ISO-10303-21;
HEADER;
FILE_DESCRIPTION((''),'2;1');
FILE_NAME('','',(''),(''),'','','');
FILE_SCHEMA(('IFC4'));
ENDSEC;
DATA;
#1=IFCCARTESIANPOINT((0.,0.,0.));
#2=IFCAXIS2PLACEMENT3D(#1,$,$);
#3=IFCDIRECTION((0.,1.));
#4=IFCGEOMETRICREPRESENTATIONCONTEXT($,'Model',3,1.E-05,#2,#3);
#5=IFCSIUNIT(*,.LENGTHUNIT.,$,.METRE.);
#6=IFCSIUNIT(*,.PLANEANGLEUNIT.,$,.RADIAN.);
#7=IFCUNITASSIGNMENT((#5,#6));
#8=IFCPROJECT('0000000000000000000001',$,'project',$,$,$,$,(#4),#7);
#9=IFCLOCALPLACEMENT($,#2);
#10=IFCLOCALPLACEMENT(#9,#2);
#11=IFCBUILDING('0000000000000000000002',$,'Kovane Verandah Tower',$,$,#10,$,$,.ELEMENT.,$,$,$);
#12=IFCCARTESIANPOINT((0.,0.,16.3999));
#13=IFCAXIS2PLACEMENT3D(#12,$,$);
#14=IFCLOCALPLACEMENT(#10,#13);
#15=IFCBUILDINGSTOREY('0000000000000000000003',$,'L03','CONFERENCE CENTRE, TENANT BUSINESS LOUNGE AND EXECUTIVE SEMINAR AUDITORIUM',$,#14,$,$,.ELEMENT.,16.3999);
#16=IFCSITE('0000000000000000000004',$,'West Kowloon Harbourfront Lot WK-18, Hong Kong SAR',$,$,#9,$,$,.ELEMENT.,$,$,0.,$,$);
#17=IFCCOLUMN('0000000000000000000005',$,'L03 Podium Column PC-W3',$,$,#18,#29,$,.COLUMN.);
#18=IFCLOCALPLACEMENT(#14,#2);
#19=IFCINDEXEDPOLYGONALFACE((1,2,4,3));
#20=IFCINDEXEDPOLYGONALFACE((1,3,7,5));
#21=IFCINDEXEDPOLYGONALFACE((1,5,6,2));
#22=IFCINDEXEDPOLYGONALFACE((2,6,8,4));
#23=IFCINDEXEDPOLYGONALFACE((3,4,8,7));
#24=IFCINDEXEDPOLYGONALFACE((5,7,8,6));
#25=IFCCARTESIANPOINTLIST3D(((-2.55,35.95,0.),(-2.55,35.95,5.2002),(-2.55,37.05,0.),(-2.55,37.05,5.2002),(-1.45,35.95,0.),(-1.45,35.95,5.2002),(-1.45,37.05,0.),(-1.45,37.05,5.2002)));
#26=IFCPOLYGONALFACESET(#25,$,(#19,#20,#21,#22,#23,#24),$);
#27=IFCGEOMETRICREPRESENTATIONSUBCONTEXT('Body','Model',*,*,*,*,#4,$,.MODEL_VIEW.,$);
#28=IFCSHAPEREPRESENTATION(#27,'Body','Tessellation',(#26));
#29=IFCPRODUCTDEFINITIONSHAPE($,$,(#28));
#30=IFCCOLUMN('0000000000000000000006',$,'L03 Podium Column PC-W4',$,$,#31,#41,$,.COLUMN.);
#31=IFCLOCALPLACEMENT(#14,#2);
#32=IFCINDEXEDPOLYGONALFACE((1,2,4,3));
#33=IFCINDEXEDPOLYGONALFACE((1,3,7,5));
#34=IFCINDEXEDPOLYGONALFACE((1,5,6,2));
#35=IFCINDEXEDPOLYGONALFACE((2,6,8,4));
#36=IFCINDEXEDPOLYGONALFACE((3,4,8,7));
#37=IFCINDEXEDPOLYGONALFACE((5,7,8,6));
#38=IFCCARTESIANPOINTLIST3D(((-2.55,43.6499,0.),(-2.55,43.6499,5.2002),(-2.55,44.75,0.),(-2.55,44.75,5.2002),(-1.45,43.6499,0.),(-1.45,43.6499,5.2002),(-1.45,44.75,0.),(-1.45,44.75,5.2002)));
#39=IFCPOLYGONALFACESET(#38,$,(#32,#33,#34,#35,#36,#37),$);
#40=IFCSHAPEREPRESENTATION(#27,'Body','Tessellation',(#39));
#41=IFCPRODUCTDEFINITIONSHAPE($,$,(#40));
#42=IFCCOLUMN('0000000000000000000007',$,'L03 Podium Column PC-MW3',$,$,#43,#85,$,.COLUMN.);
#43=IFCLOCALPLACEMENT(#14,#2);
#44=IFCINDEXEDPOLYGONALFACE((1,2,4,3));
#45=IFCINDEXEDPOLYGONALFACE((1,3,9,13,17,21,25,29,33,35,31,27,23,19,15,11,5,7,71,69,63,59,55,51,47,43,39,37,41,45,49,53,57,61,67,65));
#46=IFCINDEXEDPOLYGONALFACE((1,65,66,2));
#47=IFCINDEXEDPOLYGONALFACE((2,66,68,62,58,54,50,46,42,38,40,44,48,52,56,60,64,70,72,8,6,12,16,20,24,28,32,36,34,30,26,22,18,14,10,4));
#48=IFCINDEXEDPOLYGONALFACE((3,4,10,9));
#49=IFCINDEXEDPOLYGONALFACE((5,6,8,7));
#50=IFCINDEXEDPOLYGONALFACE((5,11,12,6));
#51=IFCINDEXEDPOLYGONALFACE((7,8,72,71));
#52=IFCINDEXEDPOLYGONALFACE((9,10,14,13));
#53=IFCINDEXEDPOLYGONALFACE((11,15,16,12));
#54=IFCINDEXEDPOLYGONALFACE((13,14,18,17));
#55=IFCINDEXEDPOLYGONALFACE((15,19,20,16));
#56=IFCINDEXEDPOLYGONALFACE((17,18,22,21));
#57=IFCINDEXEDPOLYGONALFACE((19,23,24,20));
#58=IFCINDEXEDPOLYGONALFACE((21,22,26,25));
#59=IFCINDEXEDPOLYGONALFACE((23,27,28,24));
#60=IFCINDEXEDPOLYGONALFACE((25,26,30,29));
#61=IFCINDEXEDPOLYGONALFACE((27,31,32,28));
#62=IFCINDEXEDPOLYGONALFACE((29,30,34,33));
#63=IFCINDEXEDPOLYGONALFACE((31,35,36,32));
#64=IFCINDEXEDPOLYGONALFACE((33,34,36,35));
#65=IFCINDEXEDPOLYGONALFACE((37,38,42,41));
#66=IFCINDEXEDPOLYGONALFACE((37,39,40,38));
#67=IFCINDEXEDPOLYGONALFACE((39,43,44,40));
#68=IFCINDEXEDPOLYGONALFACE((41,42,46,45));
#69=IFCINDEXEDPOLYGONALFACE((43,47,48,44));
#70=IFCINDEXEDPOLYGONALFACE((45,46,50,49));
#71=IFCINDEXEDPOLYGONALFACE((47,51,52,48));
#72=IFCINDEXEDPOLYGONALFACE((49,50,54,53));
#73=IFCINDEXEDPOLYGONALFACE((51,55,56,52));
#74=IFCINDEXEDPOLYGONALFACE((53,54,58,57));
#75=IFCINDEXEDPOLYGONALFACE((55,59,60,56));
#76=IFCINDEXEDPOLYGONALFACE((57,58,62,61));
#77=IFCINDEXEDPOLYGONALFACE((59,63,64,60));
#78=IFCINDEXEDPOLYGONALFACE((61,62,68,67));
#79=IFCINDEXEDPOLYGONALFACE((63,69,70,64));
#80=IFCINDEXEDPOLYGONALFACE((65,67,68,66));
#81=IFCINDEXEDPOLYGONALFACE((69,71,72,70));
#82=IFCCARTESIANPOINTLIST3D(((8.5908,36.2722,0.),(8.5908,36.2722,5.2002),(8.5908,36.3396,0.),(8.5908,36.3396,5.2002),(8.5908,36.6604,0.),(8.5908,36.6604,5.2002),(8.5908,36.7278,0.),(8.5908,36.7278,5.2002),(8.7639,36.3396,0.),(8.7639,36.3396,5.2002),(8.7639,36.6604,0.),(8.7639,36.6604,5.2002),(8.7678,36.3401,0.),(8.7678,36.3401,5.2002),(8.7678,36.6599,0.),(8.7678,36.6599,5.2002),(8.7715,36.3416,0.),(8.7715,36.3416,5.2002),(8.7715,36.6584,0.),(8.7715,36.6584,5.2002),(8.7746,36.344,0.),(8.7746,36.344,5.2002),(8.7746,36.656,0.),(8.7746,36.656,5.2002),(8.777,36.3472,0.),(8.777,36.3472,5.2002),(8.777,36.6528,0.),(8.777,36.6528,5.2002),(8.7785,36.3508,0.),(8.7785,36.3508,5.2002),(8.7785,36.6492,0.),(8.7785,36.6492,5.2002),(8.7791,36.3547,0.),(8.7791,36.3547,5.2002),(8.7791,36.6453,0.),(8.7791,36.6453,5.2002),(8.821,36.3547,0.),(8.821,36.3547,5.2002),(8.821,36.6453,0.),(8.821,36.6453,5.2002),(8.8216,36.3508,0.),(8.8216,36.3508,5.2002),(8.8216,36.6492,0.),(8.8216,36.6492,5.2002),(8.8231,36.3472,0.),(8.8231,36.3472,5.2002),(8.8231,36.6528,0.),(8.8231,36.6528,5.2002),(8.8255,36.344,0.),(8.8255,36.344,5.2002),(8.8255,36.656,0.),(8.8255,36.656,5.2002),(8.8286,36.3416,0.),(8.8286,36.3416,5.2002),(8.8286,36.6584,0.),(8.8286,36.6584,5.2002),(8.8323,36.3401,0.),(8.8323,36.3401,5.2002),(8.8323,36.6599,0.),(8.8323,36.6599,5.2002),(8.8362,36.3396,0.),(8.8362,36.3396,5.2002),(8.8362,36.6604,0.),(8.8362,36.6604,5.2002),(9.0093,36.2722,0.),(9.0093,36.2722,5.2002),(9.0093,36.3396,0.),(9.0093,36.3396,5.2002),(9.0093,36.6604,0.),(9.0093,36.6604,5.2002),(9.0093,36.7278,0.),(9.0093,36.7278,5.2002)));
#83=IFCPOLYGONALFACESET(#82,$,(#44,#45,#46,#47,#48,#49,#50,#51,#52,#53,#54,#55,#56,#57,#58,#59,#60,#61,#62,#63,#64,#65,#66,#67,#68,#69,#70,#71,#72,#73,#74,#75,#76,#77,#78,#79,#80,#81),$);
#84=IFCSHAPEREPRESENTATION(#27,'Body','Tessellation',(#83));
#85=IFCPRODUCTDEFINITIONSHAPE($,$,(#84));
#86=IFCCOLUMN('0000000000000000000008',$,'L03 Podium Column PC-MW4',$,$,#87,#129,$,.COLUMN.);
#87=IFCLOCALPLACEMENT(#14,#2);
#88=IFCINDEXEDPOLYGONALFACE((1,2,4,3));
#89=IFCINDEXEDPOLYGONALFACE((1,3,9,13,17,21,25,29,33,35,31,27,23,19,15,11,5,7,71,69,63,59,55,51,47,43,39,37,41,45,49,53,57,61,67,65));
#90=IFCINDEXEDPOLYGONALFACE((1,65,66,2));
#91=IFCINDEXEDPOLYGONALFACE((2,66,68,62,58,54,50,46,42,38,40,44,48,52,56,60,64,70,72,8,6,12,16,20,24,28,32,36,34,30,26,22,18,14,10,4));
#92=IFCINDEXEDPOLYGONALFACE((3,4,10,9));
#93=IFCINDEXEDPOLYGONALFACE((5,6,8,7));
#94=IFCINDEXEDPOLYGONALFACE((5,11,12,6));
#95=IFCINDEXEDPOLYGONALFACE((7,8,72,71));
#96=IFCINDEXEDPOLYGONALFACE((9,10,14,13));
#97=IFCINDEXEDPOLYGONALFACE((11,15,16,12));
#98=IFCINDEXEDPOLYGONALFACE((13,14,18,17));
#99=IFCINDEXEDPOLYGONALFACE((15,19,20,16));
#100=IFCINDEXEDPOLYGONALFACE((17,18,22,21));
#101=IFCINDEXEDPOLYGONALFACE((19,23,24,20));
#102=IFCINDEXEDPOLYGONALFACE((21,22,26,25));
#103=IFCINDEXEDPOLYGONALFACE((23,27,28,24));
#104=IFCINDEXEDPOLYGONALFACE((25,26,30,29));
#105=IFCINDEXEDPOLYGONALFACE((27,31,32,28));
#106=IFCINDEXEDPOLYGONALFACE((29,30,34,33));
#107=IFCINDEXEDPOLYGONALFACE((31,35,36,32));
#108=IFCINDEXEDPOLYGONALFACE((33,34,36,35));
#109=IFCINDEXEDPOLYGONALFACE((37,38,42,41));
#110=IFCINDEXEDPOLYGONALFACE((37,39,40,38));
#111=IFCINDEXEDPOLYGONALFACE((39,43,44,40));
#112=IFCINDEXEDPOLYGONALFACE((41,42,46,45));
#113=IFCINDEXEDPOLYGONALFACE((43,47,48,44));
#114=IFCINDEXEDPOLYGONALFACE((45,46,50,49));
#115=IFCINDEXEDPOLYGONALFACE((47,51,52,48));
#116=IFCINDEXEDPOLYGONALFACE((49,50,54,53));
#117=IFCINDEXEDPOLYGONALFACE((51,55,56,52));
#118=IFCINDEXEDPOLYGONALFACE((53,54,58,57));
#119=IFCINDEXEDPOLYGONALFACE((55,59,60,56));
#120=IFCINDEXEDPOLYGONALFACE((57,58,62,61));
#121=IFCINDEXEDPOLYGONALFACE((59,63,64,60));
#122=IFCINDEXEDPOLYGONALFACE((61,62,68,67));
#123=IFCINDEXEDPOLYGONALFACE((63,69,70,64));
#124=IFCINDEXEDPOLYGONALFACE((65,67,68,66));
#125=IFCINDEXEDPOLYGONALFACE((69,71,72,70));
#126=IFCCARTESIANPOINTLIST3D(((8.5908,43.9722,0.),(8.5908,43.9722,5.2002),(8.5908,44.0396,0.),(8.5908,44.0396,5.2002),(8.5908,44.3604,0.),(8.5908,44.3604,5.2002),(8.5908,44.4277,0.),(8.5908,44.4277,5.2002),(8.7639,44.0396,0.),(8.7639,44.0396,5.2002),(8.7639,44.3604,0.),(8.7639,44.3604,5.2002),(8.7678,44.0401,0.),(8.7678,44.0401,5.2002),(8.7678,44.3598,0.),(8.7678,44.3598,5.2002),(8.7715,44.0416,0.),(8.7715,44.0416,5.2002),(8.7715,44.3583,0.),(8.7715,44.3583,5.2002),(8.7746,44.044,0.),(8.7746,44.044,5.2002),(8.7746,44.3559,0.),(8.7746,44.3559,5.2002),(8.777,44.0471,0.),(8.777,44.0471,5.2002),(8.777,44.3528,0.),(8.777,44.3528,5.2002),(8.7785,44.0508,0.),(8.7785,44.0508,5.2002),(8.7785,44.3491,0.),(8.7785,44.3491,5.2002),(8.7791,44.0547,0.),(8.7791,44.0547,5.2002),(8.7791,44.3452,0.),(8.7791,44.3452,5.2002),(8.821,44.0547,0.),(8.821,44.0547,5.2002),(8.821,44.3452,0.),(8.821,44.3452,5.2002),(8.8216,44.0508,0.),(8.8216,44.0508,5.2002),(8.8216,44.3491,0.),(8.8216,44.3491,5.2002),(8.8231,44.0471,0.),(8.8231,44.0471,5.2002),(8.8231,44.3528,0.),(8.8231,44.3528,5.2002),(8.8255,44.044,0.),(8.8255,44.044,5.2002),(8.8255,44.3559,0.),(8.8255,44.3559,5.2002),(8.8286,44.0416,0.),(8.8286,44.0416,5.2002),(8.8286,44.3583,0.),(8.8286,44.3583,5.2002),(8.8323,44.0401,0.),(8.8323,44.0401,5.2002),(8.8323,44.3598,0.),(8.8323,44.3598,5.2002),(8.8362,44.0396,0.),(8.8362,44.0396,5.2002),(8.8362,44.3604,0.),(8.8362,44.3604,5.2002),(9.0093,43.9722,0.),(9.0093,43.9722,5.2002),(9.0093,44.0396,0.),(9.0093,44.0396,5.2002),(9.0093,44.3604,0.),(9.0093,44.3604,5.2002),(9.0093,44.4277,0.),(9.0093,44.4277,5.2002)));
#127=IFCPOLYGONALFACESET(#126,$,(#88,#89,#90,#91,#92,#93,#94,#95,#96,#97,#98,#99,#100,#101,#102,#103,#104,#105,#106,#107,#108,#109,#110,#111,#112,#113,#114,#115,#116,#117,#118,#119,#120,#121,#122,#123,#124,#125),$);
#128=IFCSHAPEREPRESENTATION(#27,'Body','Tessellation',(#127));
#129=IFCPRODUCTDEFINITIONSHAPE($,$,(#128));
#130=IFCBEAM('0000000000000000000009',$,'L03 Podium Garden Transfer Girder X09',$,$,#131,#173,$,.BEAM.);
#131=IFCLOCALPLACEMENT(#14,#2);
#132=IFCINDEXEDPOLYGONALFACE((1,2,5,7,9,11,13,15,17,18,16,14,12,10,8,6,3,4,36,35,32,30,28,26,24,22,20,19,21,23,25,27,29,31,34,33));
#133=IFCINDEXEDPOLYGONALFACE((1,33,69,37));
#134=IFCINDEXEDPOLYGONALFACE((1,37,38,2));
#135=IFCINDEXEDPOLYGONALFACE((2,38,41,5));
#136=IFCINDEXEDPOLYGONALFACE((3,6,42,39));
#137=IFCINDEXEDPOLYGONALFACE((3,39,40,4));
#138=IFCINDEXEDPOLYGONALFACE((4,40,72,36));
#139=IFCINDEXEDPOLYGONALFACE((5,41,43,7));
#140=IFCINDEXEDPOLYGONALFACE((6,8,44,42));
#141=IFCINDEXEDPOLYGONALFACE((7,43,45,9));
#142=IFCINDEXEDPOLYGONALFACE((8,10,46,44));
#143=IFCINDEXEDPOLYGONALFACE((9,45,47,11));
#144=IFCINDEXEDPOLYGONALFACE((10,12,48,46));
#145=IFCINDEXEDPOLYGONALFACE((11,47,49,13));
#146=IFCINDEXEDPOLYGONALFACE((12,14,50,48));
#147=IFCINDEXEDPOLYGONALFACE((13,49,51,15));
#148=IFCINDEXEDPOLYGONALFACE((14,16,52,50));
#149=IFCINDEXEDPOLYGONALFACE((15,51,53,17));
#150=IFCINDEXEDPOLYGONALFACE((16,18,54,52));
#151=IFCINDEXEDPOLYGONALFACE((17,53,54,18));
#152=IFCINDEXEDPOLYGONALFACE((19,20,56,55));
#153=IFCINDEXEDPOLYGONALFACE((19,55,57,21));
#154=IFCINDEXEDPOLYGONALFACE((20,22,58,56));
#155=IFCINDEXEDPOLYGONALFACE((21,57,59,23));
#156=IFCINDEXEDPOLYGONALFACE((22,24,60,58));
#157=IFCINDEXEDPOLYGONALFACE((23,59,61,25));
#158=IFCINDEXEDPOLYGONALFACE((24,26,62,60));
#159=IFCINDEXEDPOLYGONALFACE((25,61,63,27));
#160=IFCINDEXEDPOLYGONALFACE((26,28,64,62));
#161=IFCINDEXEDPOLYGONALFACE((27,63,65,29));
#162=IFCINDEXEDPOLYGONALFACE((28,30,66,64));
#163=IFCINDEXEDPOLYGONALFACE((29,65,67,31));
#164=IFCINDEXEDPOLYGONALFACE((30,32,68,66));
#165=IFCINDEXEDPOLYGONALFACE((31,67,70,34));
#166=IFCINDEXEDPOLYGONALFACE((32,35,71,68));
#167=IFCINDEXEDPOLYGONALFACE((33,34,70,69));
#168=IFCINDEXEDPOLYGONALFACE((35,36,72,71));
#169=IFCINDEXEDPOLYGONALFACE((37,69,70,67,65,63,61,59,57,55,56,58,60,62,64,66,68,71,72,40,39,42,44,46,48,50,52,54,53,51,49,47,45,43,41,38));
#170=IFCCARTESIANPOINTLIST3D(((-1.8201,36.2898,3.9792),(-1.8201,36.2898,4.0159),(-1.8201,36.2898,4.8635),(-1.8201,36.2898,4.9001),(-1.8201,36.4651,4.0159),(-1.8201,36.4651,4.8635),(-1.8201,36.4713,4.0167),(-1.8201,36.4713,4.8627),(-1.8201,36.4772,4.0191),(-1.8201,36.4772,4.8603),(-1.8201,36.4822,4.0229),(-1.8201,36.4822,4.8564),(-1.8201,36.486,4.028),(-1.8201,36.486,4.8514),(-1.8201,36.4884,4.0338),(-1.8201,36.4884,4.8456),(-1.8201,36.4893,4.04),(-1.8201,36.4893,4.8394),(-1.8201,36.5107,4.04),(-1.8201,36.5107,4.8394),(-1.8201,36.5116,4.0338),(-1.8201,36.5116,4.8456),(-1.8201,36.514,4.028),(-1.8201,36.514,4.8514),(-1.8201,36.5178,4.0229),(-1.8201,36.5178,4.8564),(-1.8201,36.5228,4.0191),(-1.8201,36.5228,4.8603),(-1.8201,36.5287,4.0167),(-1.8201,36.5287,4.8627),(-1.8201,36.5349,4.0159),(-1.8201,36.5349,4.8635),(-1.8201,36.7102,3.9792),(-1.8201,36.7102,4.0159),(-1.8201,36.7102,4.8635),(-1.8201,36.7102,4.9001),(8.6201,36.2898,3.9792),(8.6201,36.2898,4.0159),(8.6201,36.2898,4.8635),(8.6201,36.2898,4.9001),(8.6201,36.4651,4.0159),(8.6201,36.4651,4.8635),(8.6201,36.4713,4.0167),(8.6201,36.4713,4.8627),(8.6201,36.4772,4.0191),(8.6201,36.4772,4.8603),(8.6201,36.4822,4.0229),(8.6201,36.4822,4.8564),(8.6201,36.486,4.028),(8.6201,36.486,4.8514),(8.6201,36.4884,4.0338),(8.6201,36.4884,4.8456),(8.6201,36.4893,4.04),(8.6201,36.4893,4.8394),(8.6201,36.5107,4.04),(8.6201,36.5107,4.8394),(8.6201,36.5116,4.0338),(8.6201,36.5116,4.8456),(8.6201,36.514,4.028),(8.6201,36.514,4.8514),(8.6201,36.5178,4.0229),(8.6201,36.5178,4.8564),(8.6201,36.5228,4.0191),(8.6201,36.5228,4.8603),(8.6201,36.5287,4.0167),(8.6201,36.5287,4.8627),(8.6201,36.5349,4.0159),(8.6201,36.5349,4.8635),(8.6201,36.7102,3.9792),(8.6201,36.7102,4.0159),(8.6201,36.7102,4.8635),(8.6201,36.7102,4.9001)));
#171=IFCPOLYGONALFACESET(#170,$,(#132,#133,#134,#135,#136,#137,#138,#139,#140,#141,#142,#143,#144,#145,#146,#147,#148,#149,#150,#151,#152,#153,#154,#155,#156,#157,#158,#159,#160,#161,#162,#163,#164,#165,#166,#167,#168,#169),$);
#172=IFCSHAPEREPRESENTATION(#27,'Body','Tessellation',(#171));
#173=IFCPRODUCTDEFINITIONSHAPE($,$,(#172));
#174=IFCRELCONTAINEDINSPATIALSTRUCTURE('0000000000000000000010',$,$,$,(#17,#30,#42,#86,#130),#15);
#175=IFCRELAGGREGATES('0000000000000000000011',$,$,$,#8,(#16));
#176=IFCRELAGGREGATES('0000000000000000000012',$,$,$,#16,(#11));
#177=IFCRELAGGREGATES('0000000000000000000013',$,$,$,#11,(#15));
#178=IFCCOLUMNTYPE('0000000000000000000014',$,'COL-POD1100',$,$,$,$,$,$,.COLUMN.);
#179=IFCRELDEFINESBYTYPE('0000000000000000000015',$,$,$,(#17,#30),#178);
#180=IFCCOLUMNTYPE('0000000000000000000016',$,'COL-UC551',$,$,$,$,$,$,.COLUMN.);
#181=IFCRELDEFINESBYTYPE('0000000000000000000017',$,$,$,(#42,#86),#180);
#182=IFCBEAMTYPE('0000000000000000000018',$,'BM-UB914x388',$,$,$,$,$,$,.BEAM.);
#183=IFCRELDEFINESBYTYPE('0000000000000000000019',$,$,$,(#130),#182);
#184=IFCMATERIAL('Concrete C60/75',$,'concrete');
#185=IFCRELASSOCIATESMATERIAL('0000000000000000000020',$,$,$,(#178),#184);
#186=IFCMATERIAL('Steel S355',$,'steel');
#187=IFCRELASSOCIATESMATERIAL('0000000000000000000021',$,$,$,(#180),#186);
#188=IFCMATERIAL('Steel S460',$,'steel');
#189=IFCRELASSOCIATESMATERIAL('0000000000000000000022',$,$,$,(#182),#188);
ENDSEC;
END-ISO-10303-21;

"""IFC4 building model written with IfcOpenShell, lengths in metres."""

from ifc_helpers import new_model, si_unit, direction, frame, origin, origin_2d, place, context, subcontext, project, spatial, rectangle, i_section, extrude, material, material_profile, profile_set, type_object, element, save


model = new_model("IFC4")

# Units and contexts
model_context = context("Model", 3, precision=1e-05, world=origin(), true_north=direction((0.0, 1.0)))
body_context = subcontext(model_context, "Body", "Model", "MODEL_VIEW")
ifc_project = project(units=[si_unit("LENGTHUNIT", "METRE"), si_unit("PLANEANGLEUNIT", "RADIAN")], contexts=[model_context])

# Site, building, storey
site_placement = place(None, origin())
site = spatial("IfcSite", under=ifc_project, at=site_placement, Name="West Kowloon Harbourfront Lot WK-18, Hong Kong SAR", CompositionType="ELEMENT", RefElevation=0.0)
building_placement = place(site_placement, origin())
building = spatial("IfcBuilding", under=site, at=building_placement, Name="Kovane Verandah Tower", CompositionType="ELEMENT")
storey_placement = place(building_placement, frame((0.0, 0.0, 16.3999)))
storey = spatial("IfcBuildingStorey", under=building, at=storey_placement, Name="L03", Description="CONFERENCE CENTRE, TENANT BUSINESS LOUNGE AND EXECUTIVE SEMINAR AUDITORIUM", CompositionType="ELEMENT", Elevation=16.3999)

# Columns
ifc_material_1 = material(Name="Concrete C60/75", Category="concrete")
ifc_material_profile_1 = material_profile(ifc_material_1, rectangle(XDim=1.1001, YDim=1.1001, at=origin_2d()), Name="RC1100x1100")
ifc_profile_set_1 = profile_set([ifc_material_profile_1], Name="Concrete C60/75")
column_type_1 = type_object("IfcColumnType", Name="COL-POD1100", PredefinedType="COLUMN", material=ifc_profile_set_1)
for number, where, z_axis, x_axis, name in (
    (1, (-2.0, 36.5, 0.0), (0.0, 0.0, 1.0), (1.0, 0.0, 0.0), "L03 Podium Column PC-W3"),
    (2, (-2.0, 44.2, 0.0), (0.0, 0.0, 1.0), (1.0, 0.0, 0.0), "L03 Podium Column PC-W4"),
):
    element("IfcColumn", number, at=place(storey_placement, frame(where, z_axis=z_axis, x_axis=x_axis)), inside=storey, type_object=column_type_1, Name=name, PredefinedType="COLUMN", context=body_context, shape_type="SweptSolid", body=[
        extrude(rectangle(XDim=1.1001, YDim=1.1001, at=origin_2d()), origin(), (0.0, 0.0, 1.0), 5.2002),
    ])
ifc_material_2 = material(Name="Steel S355", Category="steel")
ifc_material_profile_2 = material_profile(ifc_material_2, i_section(OverallWidth=0.4185, OverallDepth=0.4556, WebThickness=0.042, FlangeThickness=0.0674, FilletRadius=0.0151, at=origin_2d()), Name="UC356x406x551")
ifc_profile_set_2 = profile_set([ifc_material_profile_2], Name="Steel S355")
column_type_2 = type_object("IfcColumnType", Name="COL-UC551", PredefinedType="COLUMN", material=ifc_profile_set_2)
for number, where, z_axis, x_axis, name in (
    (3, (8.8, 36.5, 0.0), (0.0, 0.0, 1.0), (1.0, 0.0, 0.0), "L03 Podium Column PC-MW3"),
    (4, (8.8, 44.2, 0.0), (0.0, 0.0, 1.0), (1.0, 0.0, 0.0), "L03 Podium Column PC-MW4"),
):
    element("IfcColumn", number, at=place(storey_placement, frame(where, z_axis=z_axis, x_axis=x_axis)), inside=storey, type_object=column_type_2, Name=name, PredefinedType="COLUMN", context=body_context, shape_type="SweptSolid", body=[
        extrude(i_section(OverallWidth=0.4185, OverallDepth=0.4556, WebThickness=0.042, FlangeThickness=0.0674, FilletRadius=0.0151, at=origin_2d()), origin(), (0.0, 0.0, 1.0), 5.2002),
    ])

# Beam
ifc_material_3 = material(Name="Steel S460", Category="steel")
ifc_material_profile_3 = material_profile(ifc_material_3, i_section(OverallWidth=0.4204, OverallDepth=0.9209, WebThickness=0.0215, FlangeThickness=0.0366, FilletRadius=0.0242, at=origin_2d()), Name="UB914x419x388")
ifc_profile_set_3 = profile_set([ifc_material_profile_3], Name="Steel S460")
beam_type = type_object("IfcBeamType", Name="BM-UB914x388", PredefinedType="BEAM", material=ifc_profile_set_3)
beam_1_placement = place(storey_placement, frame((-1.8201, 36.5, 4.4397), z_axis=(1.0, 0.0, 0.0), x_axis=(0.0, 1.0, 0.0)))
element("IfcBeam", 5, at=beam_1_placement, inside=storey, type_object=beam_type, Name="L03 Podium Garden Transfer Girder X09", PredefinedType="BEAM", context=body_context, shape_type="SweptSolid", body=[
    extrude(i_section(OverallWidth=0.4204, OverallDepth=0.9209, WebThickness=0.0215, FlangeThickness=0.0366, FilletRadius=0.0242, at=origin_2d()), origin(), (0.0, 0.0, 1.0), 10.4402),
])

save(model, "model.ifc")
